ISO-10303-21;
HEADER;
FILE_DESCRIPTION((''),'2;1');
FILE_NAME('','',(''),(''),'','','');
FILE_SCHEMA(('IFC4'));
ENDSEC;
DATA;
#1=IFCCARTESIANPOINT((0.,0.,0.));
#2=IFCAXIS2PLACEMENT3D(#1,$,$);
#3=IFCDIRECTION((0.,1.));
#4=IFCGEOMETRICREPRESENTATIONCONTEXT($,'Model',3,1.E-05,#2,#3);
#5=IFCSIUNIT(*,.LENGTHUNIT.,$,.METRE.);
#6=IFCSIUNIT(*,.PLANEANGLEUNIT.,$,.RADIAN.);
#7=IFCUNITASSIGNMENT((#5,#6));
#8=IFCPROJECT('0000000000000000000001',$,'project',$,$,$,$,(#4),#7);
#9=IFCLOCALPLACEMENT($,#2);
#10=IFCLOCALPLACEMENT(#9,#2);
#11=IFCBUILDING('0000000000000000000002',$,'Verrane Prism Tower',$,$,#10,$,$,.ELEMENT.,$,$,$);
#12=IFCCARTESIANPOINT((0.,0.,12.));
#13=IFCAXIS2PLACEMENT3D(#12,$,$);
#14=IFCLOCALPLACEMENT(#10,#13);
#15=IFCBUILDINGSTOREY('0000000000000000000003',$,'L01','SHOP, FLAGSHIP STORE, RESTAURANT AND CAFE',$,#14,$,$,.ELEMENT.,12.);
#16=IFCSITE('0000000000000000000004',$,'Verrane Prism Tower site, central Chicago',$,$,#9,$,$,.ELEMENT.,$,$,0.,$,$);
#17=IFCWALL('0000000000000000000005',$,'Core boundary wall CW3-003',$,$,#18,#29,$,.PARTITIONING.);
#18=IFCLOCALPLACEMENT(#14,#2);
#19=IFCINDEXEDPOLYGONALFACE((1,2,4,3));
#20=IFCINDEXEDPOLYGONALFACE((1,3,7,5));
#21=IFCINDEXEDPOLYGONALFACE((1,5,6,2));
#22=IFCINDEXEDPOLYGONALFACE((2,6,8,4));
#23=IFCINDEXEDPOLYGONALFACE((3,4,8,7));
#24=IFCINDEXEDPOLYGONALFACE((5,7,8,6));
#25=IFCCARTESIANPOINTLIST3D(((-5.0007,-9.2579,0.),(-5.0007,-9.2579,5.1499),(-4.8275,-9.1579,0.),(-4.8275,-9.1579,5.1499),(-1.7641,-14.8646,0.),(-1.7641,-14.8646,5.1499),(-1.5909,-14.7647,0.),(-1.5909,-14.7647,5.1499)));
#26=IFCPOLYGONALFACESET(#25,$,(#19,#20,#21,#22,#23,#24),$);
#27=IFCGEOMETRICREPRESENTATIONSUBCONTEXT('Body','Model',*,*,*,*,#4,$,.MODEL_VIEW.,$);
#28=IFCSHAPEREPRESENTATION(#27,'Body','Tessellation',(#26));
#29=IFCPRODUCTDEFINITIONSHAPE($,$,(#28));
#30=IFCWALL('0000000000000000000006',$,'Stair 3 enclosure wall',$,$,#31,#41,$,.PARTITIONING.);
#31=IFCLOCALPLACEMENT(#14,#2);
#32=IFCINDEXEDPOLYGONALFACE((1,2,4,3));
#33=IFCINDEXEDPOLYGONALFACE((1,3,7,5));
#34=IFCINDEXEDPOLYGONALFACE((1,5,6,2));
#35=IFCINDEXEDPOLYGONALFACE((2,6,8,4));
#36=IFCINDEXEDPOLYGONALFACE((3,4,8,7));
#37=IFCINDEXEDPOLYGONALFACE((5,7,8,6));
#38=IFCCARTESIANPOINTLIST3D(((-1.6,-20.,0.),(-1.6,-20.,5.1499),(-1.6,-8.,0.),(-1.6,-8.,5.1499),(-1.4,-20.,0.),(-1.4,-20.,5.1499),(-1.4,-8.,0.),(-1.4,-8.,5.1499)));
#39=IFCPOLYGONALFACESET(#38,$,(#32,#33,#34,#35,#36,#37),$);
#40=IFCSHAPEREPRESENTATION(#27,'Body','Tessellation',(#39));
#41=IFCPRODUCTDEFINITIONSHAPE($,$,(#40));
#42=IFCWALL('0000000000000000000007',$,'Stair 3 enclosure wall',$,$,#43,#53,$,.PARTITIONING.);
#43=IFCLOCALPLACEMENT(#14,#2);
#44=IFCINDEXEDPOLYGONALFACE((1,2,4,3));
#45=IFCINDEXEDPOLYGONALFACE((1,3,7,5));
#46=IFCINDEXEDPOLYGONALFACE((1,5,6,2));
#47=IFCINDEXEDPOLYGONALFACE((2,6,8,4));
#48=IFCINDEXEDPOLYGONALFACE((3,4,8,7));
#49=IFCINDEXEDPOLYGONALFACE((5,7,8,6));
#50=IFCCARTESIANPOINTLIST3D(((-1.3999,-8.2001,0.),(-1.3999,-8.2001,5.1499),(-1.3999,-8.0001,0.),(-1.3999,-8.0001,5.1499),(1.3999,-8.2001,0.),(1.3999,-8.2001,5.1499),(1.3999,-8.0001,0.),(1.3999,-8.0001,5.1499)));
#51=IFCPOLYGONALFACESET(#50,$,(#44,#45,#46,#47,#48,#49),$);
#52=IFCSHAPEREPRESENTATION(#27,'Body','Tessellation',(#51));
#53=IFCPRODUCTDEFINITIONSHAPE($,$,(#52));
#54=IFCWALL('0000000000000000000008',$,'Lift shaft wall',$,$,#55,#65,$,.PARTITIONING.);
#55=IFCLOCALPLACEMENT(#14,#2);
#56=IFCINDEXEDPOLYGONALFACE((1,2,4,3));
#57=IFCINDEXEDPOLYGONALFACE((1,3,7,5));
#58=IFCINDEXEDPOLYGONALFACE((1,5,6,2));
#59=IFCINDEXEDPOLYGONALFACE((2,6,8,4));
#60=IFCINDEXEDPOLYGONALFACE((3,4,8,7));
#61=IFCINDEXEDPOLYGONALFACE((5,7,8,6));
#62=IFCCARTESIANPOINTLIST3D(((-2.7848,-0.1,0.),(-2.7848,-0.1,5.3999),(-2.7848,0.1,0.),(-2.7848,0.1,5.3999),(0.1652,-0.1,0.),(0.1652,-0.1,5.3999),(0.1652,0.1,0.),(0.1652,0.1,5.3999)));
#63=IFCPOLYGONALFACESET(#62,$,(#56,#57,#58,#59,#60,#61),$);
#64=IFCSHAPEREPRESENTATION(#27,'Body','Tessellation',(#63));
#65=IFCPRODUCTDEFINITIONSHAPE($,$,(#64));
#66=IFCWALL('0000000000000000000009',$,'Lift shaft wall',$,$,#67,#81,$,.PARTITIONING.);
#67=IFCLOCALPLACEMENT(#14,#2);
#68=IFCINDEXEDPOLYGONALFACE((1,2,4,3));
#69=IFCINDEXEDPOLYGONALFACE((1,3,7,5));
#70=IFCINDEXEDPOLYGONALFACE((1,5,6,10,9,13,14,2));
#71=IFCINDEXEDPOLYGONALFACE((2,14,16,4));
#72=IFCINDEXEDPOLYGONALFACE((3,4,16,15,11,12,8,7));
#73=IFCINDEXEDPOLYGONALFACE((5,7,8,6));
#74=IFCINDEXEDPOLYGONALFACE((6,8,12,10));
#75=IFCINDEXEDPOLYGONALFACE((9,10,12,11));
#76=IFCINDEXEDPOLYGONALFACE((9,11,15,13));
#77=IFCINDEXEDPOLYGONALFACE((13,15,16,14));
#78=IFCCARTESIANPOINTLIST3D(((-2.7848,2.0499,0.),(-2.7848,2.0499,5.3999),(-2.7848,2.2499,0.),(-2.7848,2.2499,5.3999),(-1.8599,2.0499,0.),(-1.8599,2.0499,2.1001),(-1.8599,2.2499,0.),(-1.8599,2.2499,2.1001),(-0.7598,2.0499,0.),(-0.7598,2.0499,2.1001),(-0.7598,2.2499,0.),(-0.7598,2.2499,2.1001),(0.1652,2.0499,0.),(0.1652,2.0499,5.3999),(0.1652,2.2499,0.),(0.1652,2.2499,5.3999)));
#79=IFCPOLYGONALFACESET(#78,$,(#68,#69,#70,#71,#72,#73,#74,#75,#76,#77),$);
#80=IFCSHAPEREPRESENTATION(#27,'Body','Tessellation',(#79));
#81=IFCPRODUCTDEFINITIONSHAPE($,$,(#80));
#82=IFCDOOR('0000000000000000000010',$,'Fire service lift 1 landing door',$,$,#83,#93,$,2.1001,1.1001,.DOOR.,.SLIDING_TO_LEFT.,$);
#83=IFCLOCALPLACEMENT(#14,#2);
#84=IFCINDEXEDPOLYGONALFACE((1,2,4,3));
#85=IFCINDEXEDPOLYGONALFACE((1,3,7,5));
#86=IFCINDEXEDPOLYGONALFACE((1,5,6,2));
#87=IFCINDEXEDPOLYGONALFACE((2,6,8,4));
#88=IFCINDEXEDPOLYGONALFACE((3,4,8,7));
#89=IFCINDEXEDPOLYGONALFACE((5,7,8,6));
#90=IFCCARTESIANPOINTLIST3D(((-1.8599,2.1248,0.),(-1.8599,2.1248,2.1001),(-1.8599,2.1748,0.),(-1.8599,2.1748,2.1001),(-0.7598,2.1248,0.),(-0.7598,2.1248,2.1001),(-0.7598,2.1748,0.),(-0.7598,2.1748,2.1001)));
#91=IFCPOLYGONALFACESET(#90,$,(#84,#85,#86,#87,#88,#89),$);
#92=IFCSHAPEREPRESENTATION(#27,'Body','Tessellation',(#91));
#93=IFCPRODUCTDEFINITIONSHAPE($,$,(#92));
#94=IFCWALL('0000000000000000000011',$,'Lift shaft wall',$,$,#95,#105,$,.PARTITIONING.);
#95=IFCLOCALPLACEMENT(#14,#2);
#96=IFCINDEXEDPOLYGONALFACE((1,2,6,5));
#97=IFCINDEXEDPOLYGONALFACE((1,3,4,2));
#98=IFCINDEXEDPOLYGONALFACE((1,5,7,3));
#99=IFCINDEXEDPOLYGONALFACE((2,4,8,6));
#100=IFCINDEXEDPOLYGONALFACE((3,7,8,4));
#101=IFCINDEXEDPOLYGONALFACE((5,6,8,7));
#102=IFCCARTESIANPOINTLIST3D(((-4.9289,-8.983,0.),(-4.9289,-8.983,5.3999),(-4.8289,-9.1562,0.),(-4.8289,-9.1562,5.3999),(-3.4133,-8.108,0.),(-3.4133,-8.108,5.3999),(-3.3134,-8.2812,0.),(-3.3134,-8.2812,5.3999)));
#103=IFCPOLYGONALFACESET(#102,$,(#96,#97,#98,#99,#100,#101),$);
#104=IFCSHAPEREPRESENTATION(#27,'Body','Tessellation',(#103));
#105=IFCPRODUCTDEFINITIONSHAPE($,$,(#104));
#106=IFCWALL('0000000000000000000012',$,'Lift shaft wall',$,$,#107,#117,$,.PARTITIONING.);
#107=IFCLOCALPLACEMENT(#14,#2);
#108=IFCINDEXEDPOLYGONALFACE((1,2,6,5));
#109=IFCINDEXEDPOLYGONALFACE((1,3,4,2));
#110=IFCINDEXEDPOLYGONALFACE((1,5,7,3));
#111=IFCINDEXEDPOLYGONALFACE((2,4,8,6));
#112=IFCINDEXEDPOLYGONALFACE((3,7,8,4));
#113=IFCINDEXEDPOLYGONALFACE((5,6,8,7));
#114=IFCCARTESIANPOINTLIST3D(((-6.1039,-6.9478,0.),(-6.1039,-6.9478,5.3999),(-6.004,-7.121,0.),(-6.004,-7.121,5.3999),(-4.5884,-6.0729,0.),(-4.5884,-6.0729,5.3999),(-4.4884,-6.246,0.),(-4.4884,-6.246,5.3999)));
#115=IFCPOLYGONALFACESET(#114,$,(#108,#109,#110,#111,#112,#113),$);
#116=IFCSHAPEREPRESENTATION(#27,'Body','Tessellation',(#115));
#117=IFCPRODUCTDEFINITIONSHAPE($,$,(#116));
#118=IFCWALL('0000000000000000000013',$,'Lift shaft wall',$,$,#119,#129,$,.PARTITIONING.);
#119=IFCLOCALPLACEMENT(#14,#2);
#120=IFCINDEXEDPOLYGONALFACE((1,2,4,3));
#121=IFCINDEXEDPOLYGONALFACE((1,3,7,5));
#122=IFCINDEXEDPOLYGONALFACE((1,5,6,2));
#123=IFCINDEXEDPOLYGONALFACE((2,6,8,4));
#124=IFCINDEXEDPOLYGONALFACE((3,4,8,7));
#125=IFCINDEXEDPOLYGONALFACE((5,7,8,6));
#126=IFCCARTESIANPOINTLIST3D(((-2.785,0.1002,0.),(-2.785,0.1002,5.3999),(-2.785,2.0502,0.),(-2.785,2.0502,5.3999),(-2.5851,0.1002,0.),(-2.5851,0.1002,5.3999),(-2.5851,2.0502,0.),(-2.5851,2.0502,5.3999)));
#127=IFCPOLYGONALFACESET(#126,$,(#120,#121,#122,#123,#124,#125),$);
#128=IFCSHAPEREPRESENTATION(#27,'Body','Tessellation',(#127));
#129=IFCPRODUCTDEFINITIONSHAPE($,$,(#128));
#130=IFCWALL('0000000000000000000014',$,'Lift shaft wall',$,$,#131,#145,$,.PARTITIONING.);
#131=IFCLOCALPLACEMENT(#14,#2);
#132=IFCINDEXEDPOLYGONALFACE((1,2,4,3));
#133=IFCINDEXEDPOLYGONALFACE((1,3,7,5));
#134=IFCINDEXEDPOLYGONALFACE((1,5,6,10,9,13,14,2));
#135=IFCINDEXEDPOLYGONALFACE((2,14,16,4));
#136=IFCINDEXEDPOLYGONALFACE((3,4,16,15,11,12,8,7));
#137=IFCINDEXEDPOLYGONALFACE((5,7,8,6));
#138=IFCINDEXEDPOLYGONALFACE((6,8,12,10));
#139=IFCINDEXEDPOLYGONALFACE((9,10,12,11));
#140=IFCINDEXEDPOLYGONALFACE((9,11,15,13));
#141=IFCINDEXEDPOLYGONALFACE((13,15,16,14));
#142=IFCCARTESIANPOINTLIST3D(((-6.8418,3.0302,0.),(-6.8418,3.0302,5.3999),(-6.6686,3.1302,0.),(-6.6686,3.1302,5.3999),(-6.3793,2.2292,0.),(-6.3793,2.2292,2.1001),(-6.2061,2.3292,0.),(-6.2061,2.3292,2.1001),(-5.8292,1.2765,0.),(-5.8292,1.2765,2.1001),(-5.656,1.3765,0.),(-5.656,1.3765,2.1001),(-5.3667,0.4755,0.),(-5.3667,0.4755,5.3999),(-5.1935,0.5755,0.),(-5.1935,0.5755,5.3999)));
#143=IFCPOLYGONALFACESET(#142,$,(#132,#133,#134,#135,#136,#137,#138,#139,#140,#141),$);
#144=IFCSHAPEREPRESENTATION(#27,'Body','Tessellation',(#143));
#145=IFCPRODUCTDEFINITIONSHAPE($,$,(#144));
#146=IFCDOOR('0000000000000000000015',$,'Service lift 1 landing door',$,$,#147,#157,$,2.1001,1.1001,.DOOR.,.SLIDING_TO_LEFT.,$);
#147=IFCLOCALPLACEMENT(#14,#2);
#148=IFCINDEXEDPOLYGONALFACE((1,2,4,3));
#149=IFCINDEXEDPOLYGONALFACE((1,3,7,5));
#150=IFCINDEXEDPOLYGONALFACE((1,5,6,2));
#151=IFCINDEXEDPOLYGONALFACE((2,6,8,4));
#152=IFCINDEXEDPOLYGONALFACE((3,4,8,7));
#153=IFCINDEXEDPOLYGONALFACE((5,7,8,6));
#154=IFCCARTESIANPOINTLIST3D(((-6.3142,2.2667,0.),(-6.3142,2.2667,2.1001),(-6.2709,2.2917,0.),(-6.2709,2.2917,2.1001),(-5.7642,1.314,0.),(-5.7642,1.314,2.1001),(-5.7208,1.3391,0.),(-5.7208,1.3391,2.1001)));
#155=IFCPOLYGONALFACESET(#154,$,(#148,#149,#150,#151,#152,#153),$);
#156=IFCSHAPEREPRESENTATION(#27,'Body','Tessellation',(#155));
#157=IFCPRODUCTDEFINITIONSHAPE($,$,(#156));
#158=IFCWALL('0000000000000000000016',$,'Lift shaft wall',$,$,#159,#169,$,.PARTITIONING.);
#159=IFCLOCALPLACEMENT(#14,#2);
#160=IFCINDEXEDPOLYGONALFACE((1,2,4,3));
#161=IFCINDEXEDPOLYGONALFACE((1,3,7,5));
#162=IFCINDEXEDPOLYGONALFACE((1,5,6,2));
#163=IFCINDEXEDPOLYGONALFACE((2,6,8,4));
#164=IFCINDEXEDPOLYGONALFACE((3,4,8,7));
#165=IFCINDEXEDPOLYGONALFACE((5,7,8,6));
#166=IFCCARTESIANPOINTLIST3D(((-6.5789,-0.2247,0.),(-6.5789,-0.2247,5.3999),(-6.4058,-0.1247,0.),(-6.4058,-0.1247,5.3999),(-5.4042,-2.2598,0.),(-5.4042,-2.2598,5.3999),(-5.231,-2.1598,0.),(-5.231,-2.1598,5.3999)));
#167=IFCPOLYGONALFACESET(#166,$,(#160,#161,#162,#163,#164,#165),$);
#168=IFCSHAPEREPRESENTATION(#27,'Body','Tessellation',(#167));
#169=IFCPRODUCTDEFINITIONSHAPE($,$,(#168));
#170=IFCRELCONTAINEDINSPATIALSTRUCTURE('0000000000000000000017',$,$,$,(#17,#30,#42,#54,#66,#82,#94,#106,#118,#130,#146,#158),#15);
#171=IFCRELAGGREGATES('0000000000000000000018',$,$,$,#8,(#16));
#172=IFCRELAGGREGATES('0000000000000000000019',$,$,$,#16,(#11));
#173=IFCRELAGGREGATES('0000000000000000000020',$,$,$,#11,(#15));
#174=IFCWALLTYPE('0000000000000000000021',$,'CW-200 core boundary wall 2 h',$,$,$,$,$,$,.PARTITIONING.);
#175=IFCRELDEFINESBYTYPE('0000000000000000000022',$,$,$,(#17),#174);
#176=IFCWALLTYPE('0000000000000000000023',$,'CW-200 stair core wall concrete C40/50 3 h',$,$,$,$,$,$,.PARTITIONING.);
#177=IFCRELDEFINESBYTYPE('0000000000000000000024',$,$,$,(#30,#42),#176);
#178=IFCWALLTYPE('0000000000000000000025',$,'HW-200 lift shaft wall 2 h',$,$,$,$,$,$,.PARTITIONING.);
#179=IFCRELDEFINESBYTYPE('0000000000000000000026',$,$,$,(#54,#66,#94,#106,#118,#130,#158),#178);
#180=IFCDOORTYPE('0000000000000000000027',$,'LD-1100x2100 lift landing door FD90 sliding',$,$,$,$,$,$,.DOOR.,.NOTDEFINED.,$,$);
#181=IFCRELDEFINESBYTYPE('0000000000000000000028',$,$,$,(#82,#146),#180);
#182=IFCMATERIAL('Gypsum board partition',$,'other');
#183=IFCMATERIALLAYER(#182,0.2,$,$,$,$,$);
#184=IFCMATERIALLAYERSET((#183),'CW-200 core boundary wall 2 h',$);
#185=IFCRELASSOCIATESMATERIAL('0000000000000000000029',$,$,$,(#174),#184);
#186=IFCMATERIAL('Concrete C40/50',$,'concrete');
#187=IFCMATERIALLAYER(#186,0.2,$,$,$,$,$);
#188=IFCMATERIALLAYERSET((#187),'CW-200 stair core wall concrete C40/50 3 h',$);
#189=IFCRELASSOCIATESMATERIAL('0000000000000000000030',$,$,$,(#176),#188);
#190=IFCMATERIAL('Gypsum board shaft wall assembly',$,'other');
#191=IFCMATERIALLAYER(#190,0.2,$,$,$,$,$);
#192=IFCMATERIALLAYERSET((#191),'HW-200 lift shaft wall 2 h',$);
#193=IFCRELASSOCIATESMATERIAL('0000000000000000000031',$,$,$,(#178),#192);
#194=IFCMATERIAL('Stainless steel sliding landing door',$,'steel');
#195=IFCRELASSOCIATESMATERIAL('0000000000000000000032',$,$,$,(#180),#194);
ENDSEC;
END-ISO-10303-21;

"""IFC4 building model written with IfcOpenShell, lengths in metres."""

from ifc_helpers import new_model, si_unit, direction, frame, frame_2d, origin, place, context, subcontext, project, spatial, rectangle, extrude, material, layer, layer_set, type_object, element, fill, save


model = new_model("IFC4")

# Units and contexts
model_context = context("Model", 3, precision=1e-05, world=origin(), true_north=direction((0.0, 1.0)))
body_context = subcontext(model_context, "Body", "Model", "MODEL_VIEW")
ifc_project = project(units=[si_unit("LENGTHUNIT", "METRE"), si_unit("PLANEANGLEUNIT", "RADIAN")], contexts=[model_context])

# Site, building, storey
site_placement = place(None, origin())
site = spatial("IfcSite", under=ifc_project, at=site_placement, Name="Verrane Prism Tower site, central Chicago", CompositionType="ELEMENT", RefElevation=0.0)
building_placement = place(site_placement, origin())
building = spatial("IfcBuilding", under=site, at=building_placement, Name="Verrane Prism Tower", CompositionType="ELEMENT")
storey_placement = place(building_placement, frame((0.0, 0.0, 12.0)))
storey = spatial("IfcBuildingStorey", under=building, at=storey_placement, Name="L01", Description="SHOP, FLAGSHIP STORE, RESTAURANT AND CAFE", CompositionType="ELEMENT", Elevation=12.0)

# Walls
ifc_material_1 = material(Name="Gypsum board partition", Category="other")
ifc_layer_1 = layer(ifc_material_1, 0.2)
ifc_layer_set_1 = layer_set([ifc_layer_1], Name="CW-200 core boundary wall 2 h")
wall_type_1 = type_object("IfcWallType", Name="CW-200 core boundary wall 2 h", PredefinedType="PARTITIONING", material=ifc_layer_set_1)
wall_1_placement = place(storey_placement, frame((-4.9141, -9.208, 0.0), z_axis=(0.0, 0.0, 1.0), x_axis=(0.499948, -0.866056, 0.0)))
element("IfcWall", 1, at=wall_1_placement, inside=storey, type_object=wall_type_1, Name="Core boundary wall CW3-003", PredefinedType="PARTITIONING", context=body_context, shape_type="SweptSolid", body=[
    extrude(rectangle(XDim=6.4739, YDim=0.2, at=frame_2d((3.2368, 0.0))), origin(), (0.0, 0.0, 1.0), 5.1499),
])
ifc_material_2 = material(Name="Concrete C40/50", Category="concrete")
ifc_layer_2 = layer(ifc_material_2, 0.2)
ifc_layer_set_2 = layer_set([ifc_layer_2], Name="CW-200 stair core wall concrete C40/50 3 h")
wall_type_2 = type_object("IfcWallType", Name="CW-200 stair core wall concrete C40/50 3 h", PredefinedType="PARTITIONING", material=ifc_layer_set_2)
wall_2_placement = place(storey_placement, frame((-1.5, -8.0, 0.0), z_axis=(0.0, 0.0, 1.0), x_axis=(0.0, -1.0, 0.0)))
element("IfcWall", 2, at=wall_2_placement, inside=storey, type_object=wall_type_2, Name="Stair 3 enclosure wall", PredefinedType="PARTITIONING", context=body_context, shape_type="SweptSolid", body=[
    extrude(rectangle(XDim=12.0, YDim=0.2, at=frame_2d((6.0, 0.0))), origin(), (0.0, 0.0, 1.0), 5.1499),
])
wall_3_placement = place(storey_placement, frame((-1.3999, -8.1001, 0.0), z_axis=(0.0, 0.0, 1.0), x_axis=(1.0, 0.0, 0.0)))
element("IfcWall", 3, at=wall_3_placement, inside=storey, type_object=wall_type_2, Name="Stair 3 enclosure wall", PredefinedType="PARTITIONING", context=body_context, shape_type="SweptSolid", body=[
    extrude(rectangle(XDim=2.7998, YDim=0.2, at=frame_2d((1.3999, 0.0))), origin(), (0.0, 0.0, 1.0), 5.1499),
])
ifc_material_3 = material(Name="Gypsum board shaft wall assembly", Category="other")
ifc_layer_3 = layer(ifc_material_3, 0.2)
ifc_layer_set_3 = layer_set([ifc_layer_3], Name="HW-200 lift shaft wall 2 h")
wall_type_3 = type_object("IfcWallType", Name="HW-200 lift shaft wall 2 h", PredefinedType="PARTITIONING", material=ifc_layer_set_3)
wall_4_placement = place(storey_placement, frame((-2.7849, 0.0, 0.0), z_axis=(0.0, 0.0, 1.0), x_axis=(1.0, 0.0, 0.0)))
element("IfcWall", 4, at=wall_4_placement, inside=storey, type_object=wall_type_3, Name="Lift shaft wall", PredefinedType="PARTITIONING", context=body_context, shape_type="SweptSolid", body=[
    extrude(rectangle(XDim=2.95, YDim=0.2, at=frame_2d((1.4751, 0.0))), origin(), (0.0, 0.0, 1.0), 5.3999),
])

# Wall, opening, door
wall_5_placement = place(storey_placement, frame((-2.7849, 2.1499, 0.0), z_axis=(0.0, 0.0, 1.0), x_axis=(1.0, 0.0, 0.0)))
wall_5 = element("IfcWall", 5, at=wall_5_placement, inside=storey, type_object=wall_type_3, Name="Lift shaft wall", PredefinedType="PARTITIONING", context=body_context, shape_type="SweptSolid", body=[
    extrude(rectangle(XDim=2.95, YDim=0.2, at=frame_2d((1.4751, 0.0))), origin(), (0.0, 0.0, 1.0), 5.3999),
])
opening_1_placement = place(wall_5_placement, frame((0.925, 0.0, 0.0)))
opening_1 = element("IfcOpeningElement", 6, at=opening_1_placement, cuts=wall_5, PredefinedType="OPENING", context=body_context, shape_type="SweptSolid", body=[
    extrude(rectangle(XDim=1.1001, YDim=2.1001, at=frame_2d((0.55, 1.05))), frame((0.0, 0.1099, 0.0), z_axis=(0.0, -1.0, 0.0), x_axis=(1.0, 0.0, 0.0)), (0.0, 0.0, 1.0), 0.22),
])
ifc_material_4 = material(Name="Stainless steel sliding landing door", Category="steel")
door_type = type_object("IfcDoorType", Name="LD-1100x2100 lift landing door FD90 sliding", OperationType="NOTDEFINED", PredefinedType="DOOR", material=ifc_material_4)
door_1_placement = place(opening_1_placement, origin())
door_1 = element("IfcDoor", 7, at=door_1_placement, inside=storey, type_object=door_type, Name="Fire service lift 1 landing door", OperationType="SLIDING_TO_LEFT", OverallHeight=2.1001, OverallWidth=1.1001, PredefinedType="DOOR", context=body_context, shape_type="SweptSolid", body=[
    extrude(rectangle(XDim=1.1001, YDim=2.1001, at=frame_2d((0.55, 1.05))), frame((0.0, 0.0249, 0.0), z_axis=(0.0, -1.0, 0.0), x_axis=(1.0, 0.0, 0.0)), (0.0, 0.0, 1.0), 0.05),
])
fill(opening_1, door_1)

# Walls
for number, where, z_axis, x_axis, name in (
    (8, (-4.8789, -9.0696, 0.0), (0.0, 0.0, 1.0), (0.866037, 0.49998, 0.0), "Lift shaft wall"),
    (9, (-6.054, -7.0344, 0.0), (0.0, 0.0, 1.0), (0.866037, 0.49998, 0.0), "Lift shaft wall"),
):
    element("IfcWall", number, at=place(storey_placement, frame(where, z_axis=z_axis, x_axis=x_axis)), inside=storey, type_object=wall_type_3, Name=name, PredefinedType="PARTITIONING", context=body_context, shape_type="SweptSolid", body=[
        extrude(rectangle(XDim=1.75, YDim=0.2, at=frame_2d((0.875, 0.0))), origin(), (0.0, 0.0, 1.0), 5.3999),
    ])
wall_6_placement = place(storey_placement, frame((-2.6851, 0.1001, 0.0), z_axis=(0.0, 0.0, 1.0), x_axis=(0.0, 1.0, 0.0)))
element("IfcWall", 10, at=wall_6_placement, inside=storey, type_object=wall_type_3, Name="Lift shaft wall", PredefinedType="PARTITIONING", context=body_context, shape_type="SweptSolid", body=[
    extrude(rectangle(XDim=1.95, YDim=0.2, at=frame_2d((0.9751, 0.0))), origin(), (0.0, 0.0, 1.0), 5.3999),
])

# Wall, opening, door
wall_7_placement = place(storey_placement, frame((-5.28, 0.5254, 0.0), z_axis=(0.0, 0.0, 1.0), x_axis=(-0.500038, 0.866004, 0.0)))
wall_7 = element("IfcWall", 11, at=wall_7_placement, inside=storey, type_object=wall_type_3, Name="Lift shaft wall", PredefinedType="PARTITIONING", context=body_context, shape_type="SweptSolid", body=[
    extrude(rectangle(XDim=2.95, YDim=0.2, at=frame_2d((1.4751, 0.0))), origin(), (0.0, 0.0, 1.0), 5.3999),
])
opening_2_placement = place(wall_7_placement, frame((0.925, 0.0, 0.0)))
opening_2 = element("IfcOpeningElement", 12, at=opening_2_placement, cuts=wall_7, PredefinedType="OPENING", context=body_context, shape_type="SweptSolid", body=[
    extrude(rectangle(XDim=1.1001, YDim=2.1001, at=frame_2d((0.55, 1.05))), frame((0.0, 0.1099, 0.0), z_axis=(0.0, -1.0, 0.0), x_axis=(1.0, 0.0, 0.0)), (0.0, 0.0, 1.0), 0.22),
])
door_2_placement = place(opening_2_placement, origin())
door_2 = element("IfcDoor", 13, at=door_2_placement, inside=storey, type_object=door_type, Name="Service lift 1 landing door", OperationType="SLIDING_TO_LEFT", OverallHeight=2.1001, OverallWidth=1.1001, PredefinedType="DOOR", context=body_context, shape_type="SweptSolid", body=[
    extrude(rectangle(XDim=1.1001, YDim=2.1001, at=frame_2d((0.55, 1.05))), frame((0.0, 0.0249, 0.0), z_axis=(0.0, -1.0, 0.0), x_axis=(1.0, 0.0, 0.0)), (0.0, 0.0, 1.0), 0.05),
])
fill(opening_2, door_2)

# Wall
wall_8_placement = place(storey_placement, frame((-5.3176, -2.2097, 0.0), z_axis=(0.0, 0.0, 1.0), x_axis=(-0.499938, 0.866061, 0.0)))
element("IfcWall", 14, at=wall_8_placement, inside=storey, type_object=wall_type_3, Name="Lift shaft wall", PredefinedType="PARTITIONING", context=body_context, shape_type="SweptSolid", body=[
    extrude(rectangle(XDim=2.3499, YDim=0.2, at=frame_2d((1.1748, 0.0))), origin(), (0.0, 0.0, 1.0), 5.3999),
])

save(model, "model.ifc")
